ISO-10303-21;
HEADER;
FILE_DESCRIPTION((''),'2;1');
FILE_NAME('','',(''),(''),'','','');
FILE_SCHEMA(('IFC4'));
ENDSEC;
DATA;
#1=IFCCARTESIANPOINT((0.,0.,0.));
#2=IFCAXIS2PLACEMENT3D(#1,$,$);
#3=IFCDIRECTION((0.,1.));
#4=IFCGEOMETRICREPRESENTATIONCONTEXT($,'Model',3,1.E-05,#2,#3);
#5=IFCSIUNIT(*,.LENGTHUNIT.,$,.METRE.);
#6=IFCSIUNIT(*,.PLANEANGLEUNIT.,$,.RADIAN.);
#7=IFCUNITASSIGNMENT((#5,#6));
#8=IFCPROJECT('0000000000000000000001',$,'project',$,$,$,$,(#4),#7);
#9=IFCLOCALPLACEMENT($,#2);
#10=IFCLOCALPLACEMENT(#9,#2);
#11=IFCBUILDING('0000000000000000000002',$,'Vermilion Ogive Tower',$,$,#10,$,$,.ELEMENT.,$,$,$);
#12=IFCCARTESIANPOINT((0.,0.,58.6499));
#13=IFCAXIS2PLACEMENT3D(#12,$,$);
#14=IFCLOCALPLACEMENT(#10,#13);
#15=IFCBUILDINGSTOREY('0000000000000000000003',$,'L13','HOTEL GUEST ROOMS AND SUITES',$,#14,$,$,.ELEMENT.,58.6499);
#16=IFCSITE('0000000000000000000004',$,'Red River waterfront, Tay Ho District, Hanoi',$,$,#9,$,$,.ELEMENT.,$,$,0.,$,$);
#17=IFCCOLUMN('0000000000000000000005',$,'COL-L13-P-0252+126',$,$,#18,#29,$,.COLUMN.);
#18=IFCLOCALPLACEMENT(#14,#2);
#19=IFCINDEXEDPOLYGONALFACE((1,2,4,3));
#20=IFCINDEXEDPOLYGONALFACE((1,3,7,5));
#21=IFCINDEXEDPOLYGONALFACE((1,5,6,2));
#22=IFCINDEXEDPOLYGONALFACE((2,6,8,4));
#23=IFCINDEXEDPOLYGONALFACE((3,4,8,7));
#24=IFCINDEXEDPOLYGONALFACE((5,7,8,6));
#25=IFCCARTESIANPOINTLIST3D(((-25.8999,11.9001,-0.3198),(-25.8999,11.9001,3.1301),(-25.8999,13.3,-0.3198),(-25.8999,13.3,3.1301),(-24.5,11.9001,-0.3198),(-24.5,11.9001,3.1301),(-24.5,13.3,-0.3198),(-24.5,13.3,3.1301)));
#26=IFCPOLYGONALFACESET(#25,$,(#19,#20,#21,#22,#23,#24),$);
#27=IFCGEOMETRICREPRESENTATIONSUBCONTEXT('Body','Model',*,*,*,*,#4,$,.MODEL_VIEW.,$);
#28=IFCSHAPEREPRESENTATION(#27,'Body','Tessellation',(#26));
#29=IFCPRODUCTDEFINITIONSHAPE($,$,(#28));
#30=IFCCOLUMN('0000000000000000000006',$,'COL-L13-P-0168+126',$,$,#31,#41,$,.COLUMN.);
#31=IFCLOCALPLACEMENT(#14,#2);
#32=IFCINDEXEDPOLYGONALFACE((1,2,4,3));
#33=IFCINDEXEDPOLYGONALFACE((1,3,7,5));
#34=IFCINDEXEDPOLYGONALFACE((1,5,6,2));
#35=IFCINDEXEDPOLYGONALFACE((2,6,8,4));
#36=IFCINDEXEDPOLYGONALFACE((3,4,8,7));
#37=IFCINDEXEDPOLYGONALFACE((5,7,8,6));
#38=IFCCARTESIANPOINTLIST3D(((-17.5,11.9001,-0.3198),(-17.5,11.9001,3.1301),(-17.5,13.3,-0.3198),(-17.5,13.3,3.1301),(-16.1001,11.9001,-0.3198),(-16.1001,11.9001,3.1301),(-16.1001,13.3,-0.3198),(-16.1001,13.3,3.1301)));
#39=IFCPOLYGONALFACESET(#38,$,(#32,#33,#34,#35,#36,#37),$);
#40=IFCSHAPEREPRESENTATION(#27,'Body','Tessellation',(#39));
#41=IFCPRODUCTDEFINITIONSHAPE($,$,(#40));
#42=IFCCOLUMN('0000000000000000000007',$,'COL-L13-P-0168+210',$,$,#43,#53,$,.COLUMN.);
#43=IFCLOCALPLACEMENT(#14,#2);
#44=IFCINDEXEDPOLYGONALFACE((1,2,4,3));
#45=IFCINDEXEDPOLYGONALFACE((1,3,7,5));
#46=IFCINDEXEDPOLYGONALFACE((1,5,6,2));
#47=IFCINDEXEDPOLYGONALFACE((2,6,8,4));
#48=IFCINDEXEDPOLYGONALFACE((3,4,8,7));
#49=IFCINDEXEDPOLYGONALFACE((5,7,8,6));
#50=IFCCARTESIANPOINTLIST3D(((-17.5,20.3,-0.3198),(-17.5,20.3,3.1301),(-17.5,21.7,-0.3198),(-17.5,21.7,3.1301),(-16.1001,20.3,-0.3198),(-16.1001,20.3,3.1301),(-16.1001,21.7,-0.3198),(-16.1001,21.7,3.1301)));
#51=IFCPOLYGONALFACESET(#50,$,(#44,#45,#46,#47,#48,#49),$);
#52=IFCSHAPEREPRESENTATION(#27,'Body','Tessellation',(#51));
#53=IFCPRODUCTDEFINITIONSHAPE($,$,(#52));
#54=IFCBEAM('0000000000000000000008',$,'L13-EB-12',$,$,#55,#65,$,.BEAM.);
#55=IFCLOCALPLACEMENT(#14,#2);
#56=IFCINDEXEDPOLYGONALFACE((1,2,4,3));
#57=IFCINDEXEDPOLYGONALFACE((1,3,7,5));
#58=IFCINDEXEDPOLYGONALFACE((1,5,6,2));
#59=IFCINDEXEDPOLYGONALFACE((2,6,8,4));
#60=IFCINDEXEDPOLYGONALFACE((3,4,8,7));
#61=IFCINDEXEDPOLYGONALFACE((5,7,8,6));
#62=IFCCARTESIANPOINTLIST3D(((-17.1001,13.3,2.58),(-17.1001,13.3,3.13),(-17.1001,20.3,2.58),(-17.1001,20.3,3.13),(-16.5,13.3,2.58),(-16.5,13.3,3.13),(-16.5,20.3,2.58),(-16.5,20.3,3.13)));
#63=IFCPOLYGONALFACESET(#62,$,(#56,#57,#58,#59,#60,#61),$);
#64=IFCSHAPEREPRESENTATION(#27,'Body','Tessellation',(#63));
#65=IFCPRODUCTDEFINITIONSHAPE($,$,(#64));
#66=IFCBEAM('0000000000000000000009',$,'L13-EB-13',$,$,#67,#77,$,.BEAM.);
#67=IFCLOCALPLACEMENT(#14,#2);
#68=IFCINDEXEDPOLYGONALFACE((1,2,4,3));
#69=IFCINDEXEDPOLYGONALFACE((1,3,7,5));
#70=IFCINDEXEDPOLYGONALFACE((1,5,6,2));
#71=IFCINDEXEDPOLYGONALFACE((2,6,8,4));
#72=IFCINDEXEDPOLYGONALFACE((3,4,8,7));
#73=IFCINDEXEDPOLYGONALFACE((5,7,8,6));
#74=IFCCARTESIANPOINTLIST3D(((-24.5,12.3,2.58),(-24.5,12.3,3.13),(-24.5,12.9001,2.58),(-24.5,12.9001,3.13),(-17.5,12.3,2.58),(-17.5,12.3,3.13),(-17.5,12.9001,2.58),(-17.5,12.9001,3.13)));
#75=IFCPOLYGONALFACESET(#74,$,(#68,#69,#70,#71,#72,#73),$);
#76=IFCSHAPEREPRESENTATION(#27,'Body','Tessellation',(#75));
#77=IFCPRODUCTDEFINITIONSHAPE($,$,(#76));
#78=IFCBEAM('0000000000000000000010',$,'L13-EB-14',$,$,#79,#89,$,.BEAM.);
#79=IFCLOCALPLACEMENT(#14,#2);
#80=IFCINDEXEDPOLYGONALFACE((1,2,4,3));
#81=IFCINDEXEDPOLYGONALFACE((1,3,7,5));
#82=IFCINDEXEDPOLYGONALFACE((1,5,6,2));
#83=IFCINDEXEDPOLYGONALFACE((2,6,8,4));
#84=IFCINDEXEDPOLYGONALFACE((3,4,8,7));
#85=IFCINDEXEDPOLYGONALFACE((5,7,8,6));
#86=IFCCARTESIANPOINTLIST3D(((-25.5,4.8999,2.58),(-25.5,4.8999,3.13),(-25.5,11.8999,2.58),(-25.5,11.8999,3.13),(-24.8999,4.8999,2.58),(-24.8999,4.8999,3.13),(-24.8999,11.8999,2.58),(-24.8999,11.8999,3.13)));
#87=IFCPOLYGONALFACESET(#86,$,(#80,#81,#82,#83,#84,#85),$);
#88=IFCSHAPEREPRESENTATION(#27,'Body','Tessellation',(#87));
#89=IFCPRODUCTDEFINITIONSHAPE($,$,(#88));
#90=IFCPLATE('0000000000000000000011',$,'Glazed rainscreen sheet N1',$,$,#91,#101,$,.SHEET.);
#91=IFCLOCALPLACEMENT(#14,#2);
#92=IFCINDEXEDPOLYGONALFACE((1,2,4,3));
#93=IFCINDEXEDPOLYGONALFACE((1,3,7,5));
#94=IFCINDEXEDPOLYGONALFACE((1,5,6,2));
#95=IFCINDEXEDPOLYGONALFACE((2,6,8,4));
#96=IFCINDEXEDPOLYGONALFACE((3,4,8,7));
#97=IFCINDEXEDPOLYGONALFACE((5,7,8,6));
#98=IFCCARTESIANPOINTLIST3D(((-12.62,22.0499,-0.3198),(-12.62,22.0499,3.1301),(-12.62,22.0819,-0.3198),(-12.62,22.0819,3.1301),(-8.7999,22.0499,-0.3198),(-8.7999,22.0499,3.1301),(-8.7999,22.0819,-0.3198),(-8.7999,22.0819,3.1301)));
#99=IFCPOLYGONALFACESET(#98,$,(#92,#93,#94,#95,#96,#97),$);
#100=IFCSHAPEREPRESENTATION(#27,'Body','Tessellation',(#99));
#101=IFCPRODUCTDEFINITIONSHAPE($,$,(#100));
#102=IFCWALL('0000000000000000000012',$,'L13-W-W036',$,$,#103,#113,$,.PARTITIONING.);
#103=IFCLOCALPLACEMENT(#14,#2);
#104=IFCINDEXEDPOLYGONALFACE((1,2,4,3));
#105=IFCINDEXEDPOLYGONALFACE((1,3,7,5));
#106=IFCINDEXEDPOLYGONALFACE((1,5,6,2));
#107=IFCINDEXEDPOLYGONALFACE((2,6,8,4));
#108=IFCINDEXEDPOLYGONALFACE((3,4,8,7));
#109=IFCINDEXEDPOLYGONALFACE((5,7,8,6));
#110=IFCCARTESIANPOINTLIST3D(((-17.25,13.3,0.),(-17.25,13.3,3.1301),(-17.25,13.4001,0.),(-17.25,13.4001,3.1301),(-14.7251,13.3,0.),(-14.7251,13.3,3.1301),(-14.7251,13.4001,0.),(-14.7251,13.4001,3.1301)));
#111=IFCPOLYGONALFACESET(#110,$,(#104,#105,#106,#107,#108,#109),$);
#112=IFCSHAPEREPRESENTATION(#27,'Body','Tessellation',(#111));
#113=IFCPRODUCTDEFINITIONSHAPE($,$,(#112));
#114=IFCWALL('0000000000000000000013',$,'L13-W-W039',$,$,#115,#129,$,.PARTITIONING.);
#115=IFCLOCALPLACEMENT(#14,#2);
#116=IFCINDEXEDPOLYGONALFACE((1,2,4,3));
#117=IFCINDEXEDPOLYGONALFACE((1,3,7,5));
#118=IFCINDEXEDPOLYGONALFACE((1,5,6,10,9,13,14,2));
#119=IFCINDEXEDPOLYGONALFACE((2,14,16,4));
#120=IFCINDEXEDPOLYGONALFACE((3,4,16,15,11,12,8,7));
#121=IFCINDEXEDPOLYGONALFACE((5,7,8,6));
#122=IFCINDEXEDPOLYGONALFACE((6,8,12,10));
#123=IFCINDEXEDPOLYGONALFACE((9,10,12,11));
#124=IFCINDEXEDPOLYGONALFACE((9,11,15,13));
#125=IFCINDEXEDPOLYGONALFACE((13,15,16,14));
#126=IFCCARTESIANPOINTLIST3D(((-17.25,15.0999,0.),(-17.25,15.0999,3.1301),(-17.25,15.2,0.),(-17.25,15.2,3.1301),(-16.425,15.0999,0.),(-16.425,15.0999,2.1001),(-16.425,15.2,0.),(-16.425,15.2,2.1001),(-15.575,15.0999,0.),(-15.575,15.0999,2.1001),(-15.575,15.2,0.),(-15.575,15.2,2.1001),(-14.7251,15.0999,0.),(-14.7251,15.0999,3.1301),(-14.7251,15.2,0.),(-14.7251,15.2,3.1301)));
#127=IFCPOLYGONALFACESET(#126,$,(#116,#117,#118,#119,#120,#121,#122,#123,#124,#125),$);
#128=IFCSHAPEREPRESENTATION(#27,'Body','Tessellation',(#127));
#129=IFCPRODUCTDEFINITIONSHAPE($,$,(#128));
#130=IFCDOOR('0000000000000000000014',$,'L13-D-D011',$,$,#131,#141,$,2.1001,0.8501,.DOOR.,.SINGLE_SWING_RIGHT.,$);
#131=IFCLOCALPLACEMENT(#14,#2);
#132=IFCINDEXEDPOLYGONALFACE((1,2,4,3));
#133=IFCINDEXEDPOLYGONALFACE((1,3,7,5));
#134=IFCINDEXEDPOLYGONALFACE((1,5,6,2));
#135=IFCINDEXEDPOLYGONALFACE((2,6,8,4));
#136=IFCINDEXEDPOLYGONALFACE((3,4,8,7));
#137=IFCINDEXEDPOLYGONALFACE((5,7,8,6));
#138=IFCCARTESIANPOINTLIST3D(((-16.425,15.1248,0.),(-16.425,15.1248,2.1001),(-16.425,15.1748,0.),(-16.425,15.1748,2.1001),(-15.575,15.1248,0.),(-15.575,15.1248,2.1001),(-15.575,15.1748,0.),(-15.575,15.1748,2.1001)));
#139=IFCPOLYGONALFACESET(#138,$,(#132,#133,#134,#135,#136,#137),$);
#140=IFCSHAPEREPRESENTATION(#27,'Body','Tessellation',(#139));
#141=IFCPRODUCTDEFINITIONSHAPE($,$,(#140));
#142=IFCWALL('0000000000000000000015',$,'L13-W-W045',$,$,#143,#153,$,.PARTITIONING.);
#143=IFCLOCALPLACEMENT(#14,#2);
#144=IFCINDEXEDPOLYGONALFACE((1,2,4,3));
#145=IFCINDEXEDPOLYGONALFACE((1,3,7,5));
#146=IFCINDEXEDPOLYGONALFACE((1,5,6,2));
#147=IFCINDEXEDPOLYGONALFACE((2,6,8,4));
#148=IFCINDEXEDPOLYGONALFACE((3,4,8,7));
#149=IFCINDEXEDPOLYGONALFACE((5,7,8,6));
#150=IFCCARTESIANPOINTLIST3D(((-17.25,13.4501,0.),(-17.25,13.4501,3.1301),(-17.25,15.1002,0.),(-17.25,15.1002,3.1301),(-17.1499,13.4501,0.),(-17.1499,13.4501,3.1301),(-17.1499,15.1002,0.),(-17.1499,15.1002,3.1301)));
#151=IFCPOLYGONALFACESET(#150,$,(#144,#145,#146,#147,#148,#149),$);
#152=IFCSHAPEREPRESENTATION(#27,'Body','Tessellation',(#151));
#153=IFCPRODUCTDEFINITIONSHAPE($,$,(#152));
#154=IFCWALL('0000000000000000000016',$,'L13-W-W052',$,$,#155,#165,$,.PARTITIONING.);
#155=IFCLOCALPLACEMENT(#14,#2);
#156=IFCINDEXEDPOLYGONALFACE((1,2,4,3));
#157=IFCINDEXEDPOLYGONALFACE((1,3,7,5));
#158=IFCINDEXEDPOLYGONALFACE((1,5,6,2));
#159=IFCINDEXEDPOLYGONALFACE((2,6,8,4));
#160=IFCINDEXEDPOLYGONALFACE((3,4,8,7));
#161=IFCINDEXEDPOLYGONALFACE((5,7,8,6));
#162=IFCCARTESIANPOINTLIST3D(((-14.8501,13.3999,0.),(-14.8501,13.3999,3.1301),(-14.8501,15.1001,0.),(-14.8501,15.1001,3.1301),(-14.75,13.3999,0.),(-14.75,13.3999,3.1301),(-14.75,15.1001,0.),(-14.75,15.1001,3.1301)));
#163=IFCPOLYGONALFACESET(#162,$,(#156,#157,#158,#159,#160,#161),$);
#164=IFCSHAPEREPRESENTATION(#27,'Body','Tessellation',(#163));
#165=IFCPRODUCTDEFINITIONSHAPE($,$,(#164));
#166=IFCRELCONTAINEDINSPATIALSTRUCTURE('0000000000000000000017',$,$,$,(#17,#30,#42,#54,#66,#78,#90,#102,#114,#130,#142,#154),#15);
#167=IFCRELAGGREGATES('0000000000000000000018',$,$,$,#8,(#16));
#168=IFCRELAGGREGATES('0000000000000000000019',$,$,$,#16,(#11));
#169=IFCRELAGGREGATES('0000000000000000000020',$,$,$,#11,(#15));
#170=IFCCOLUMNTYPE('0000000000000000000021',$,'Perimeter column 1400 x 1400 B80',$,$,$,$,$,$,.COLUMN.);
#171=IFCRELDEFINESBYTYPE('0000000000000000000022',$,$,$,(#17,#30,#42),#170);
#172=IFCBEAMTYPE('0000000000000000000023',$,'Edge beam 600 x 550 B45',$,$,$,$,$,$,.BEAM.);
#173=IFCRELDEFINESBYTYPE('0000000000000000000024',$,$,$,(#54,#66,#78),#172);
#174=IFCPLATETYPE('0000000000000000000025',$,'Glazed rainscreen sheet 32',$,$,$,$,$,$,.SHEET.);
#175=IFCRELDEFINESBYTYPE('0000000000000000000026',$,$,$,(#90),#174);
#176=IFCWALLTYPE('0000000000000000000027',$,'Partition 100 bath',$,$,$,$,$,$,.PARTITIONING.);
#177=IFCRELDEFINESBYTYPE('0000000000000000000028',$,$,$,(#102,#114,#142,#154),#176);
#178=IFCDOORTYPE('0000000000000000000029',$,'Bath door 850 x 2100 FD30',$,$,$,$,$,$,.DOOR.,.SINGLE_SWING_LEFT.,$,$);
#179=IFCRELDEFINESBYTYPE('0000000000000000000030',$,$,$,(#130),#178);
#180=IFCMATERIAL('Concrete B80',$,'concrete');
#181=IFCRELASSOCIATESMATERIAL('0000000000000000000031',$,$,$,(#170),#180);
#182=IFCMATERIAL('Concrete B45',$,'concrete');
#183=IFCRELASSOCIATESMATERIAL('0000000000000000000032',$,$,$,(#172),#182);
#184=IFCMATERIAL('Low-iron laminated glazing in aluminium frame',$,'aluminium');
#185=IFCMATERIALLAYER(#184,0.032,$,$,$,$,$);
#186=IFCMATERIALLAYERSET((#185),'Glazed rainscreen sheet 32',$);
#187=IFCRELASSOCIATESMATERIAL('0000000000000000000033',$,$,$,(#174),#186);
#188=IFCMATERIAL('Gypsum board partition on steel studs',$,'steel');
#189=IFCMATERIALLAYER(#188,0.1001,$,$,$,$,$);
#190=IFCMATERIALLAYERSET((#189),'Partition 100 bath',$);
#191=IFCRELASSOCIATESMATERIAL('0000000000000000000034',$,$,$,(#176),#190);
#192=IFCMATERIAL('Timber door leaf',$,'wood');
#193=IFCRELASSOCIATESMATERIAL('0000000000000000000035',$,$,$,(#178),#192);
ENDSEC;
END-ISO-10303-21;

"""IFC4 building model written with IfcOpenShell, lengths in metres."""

from ifc_helpers import new_model, si_unit, direction, frame, frame_2d, origin, origin_2d, place, context, subcontext, project, spatial, rectangle, extrude, material, layer, layer_set, material_profile, profile_set, type_object, element, fill, save


model = new_model("IFC4")

# Units and contexts
model_context = context("Model", 3, precision=1e-05, world=origin(), true_north=direction((0.0, 1.0)))
body_context = subcontext(model_context, "Body", "Model", "MODEL_VIEW")
ifc_project = project(units=[si_unit("LENGTHUNIT", "METRE"), si_unit("PLANEANGLEUNIT", "RADIAN")], contexts=[model_context])

# Site, building, storey
site_placement = place(None, origin())
site = spatial("IfcSite", under=ifc_project, at=site_placement, Name="Red River waterfront, Tay Ho District, Hanoi", CompositionType="ELEMENT", RefElevation=0.0)
building_placement = place(site_placement, origin())
building = spatial("IfcBuilding", under=site, at=building_placement, Name="Vermilion Ogive Tower", CompositionType="ELEMENT")
storey_placement = place(building_placement, frame((0.0, 0.0, 58.6499)))
storey = spatial("IfcBuildingStorey", under=building, at=storey_placement, Name="L13", Description="HOTEL GUEST ROOMS AND SUITES", CompositionType="ELEMENT", Elevation=58.6499)

# Columns
ifc_material_1 = material(Name="Concrete B80", Category="concrete")
ifc_material_profile_1 = material_profile(ifc_material_1, rectangle(XDim=1.3999, YDim=1.3999, at=origin_2d()), Name="1400 x 1400")
ifc_profile_set_1 = profile_set([ifc_material_profile_1], Name="Concrete B80")
column_type = type_object("IfcColumnType", Name="Perimeter column 1400 x 1400 B80", PredefinedType="COLUMN", material=ifc_profile_set_1)
for number, where, z_axis, x_axis, name in (
    (1, (-25.2, 12.6001, -0.3198), (0.0, 0.0, 1.0), (1.0, 0.0, 0.0), "COL-L13-P-0252+126"),
    (2, (-16.8, 12.6001, -0.3198), (0.0, 0.0, 1.0), (1.0, 0.0, 0.0), "COL-L13-P-0168+126"),
    (3, (-16.8, 21.0, -0.3198), (0.0, 0.0, 1.0), (1.0, 0.0, 0.0), "COL-L13-P-0168+210"),
):
    element("IfcColumn", number, at=place(storey_placement, frame(where, z_axis=z_axis, x_axis=x_axis)), inside=storey, type_object=column_type, Name=name, PredefinedType="COLUMN", context=body_context, shape_type="SweptSolid", body=[
        extrude(rectangle(XDim=1.3999, YDim=1.3999, at=origin_2d()), origin(), (0.0, 0.0, 1.0), 3.45),
    ])

# Beams
ifc_material_2 = material(Name="Concrete B45", Category="concrete")
ifc_material_profile_2 = material_profile(ifc_material_2, rectangle(XDim=0.6001, YDim=0.55, at=origin_2d()), Name="600 x 550")
ifc_profile_set_2 = profile_set([ifc_material_profile_2], Name="Concrete B45")
beam_type = type_object("IfcBeamType", Name="Edge beam 600 x 550 B45", PredefinedType="BEAM", material=ifc_profile_set_2)
for number, where, z_axis, x_axis, name in (
    (4, (-16.8, 20.3, 2.855), (0.0, -1.0, 0.0), (1.0, 0.0, 0.0), "L13-EB-12"),
    (5, (-17.5, 12.6001, 2.855), (-1.0, 0.0, 0.0), (0.0, -1.0, 0.0), "L13-EB-13"),
    (6, (-25.2, 11.8999, 2.855), (0.0, -1.0, 0.0), (1.0, 0.0, 0.0), "L13-EB-14"),
):
    element("IfcBeam", number, at=place(storey_placement, frame(where, z_axis=z_axis, x_axis=x_axis)), inside=storey, type_object=beam_type, Name=name, PredefinedType="BEAM", context=body_context, shape_type="SweptSolid", body=[
        extrude(rectangle(XDim=0.6001, YDim=0.55, at=origin_2d()), origin(), (0.0, 0.0, 1.0), 7.0),
    ])

# Plate
ifc_material_3 = material(Name="Low-iron laminated glazing in aluminium frame", Category="aluminium")
ifc_layer_1 = layer(ifc_material_3, 0.032)
ifc_layer_set_1 = layer_set([ifc_layer_1], Name="Glazed rainscreen sheet 32")
plate_type = type_object("IfcPlateType", Name="Glazed rainscreen sheet 32", PredefinedType="SHEET", material=ifc_layer_set_1)
plate_placement = place(storey_placement, frame((-10.71, 22.0659, -0.3198), z_axis=(0.0, 0.0, 1.0), x_axis=(1.0, 0.0, 0.0)))
element("IfcPlate", 7, at=plate_placement, inside=storey, type_object=plate_type, Name="Glazed rainscreen sheet N1", PredefinedType="SHEET", context=body_context, shape_type="SweptSolid", body=[
    extrude(rectangle(XDim=3.8201, YDim=0.032, at=origin_2d()), origin(), (0.0, 0.0, 1.0), 3.45),
])

# Wall
ifc_material_4 = material(Name="Gypsum board partition on steel studs", Category="steel")
ifc_layer_2 = layer(ifc_material_4, 0.1001)
ifc_layer_set_2 = layer_set([ifc_layer_2], Name="Partition 100 bath")
wall_type_1 = type_object("IfcWallType", Name="Partition 100 bath", PredefinedType="PARTITIONING", material=ifc_layer_set_2)
wall_1_placement = place(storey_placement, frame((-17.25, 13.3501, 0.0), z_axis=(0.0, 0.0, 1.0), x_axis=(1.0, 0.0, 0.0)))
element("IfcWall", 8, at=wall_1_placement, inside=storey, type_object=wall_type_1, Name="L13-W-W036", PredefinedType="PARTITIONING", context=body_context, shape_type="SweptSolid", body=[
    extrude(rectangle(XDim=2.5249, YDim=0.1001, at=frame_2d((1.2625, 0.0))), origin(), (0.0, 0.0, 1.0), 3.1301),
])

# Wall, opening, door
wall_2_placement = place(storey_placement, frame((-17.25, 15.1499, 0.0), z_axis=(0.0, 0.0, 1.0), x_axis=(1.0, 0.0, 0.0)))
wall_2 = element("IfcWall", 9, at=wall_2_placement, inside=storey, type_object=wall_type_1, Name="L13-W-W039", PredefinedType="PARTITIONING", context=body_context, shape_type="SweptSolid", body=[
    extrude(rectangle(XDim=2.5249, YDim=0.1001, at=frame_2d((1.2625, 0.0))), origin(), (0.0, 0.0, 1.0), 3.1301),
])
opening_1_placement = place(wall_2_placement, frame((0.825, 0.0, 0.0)))
opening_1 = element("IfcOpeningElement", 10, at=opening_1_placement, cuts=wall_2, PredefinedType="OPENING", context=body_context, shape_type="SweptSolid", body=[
    extrude(rectangle(XDim=0.8501, YDim=2.1001, at=frame_2d((0.425, 1.05))), frame((0.0, 0.0601, 0.0), z_axis=(0.0, -1.0, 0.0), x_axis=(1.0, 0.0, 0.0)), (0.0, 0.0, 1.0), 0.1201),
])
ifc_material_5 = material(Name="Timber door leaf", Category="wood")
door_type_1 = type_object("IfcDoorType", Name="Bath door 850 x 2100 FD30", OperationType="SINGLE_SWING_LEFT", PredefinedType="DOOR", material=ifc_material_5)
door_1_placement = place(opening_1_placement, origin())
door_1 = element("IfcDoor", 11, at=door_1_placement, inside=storey, type_object=door_type_1, Name="L13-D-D011", OperationType="SINGLE_SWING_RIGHT", OverallHeight=2.1001, OverallWidth=0.8501, PredefinedType="DOOR", context=body_context, shape_type="SweptSolid", body=[
    extrude(rectangle(XDim=0.8501, YDim=2.1001, at=frame_2d((0.425, 1.05))), frame((0.0, 0.0249, 0.0), z_axis=(0.0, -1.0, 0.0), x_axis=(1.0, 0.0, 0.0)), (0.0, 0.0, 1.0), 0.05),
])
fill(opening_1, door_1)

# Walls
wall_3_placement = place(storey_placement, frame((-17.2, 13.45, 0.0), z_axis=(0.0, 0.0, 1.0), x_axis=(0.0, 1.0, 0.0)))
element("IfcWall", 12, at=wall_3_placement, inside=storey, type_object=wall_type_1, Name="L13-W-W045", PredefinedType="PARTITIONING", context=body_context, shape_type="SweptSolid", body=[
    extrude(rectangle(XDim=1.6501, YDim=0.1001, at=frame_2d((0.8252, 0.0))), origin(), (0.0, 0.0, 1.0), 3.1301),
])
wall_4_placement = place(storey_placement, frame((-14.8, 13.3999, 0.0), z_axis=(0.0, 0.0, 1.0), x_axis=(0.0, 1.0, 0.0)))
element("IfcWall", 13, at=wall_4_placement, inside=storey, type_object=wall_type_1, Name="L13-W-W052", PredefinedType="PARTITIONING", context=body_context, shape_type="SweptSolid", body=[
    extrude(rectangle(XDim=1.7002, YDim=0.1001, at=frame_2d((0.8501, 0.0))), origin(), (0.0, 0.0, 1.0), 3.1301),
])

save(model, "model.ifc")
